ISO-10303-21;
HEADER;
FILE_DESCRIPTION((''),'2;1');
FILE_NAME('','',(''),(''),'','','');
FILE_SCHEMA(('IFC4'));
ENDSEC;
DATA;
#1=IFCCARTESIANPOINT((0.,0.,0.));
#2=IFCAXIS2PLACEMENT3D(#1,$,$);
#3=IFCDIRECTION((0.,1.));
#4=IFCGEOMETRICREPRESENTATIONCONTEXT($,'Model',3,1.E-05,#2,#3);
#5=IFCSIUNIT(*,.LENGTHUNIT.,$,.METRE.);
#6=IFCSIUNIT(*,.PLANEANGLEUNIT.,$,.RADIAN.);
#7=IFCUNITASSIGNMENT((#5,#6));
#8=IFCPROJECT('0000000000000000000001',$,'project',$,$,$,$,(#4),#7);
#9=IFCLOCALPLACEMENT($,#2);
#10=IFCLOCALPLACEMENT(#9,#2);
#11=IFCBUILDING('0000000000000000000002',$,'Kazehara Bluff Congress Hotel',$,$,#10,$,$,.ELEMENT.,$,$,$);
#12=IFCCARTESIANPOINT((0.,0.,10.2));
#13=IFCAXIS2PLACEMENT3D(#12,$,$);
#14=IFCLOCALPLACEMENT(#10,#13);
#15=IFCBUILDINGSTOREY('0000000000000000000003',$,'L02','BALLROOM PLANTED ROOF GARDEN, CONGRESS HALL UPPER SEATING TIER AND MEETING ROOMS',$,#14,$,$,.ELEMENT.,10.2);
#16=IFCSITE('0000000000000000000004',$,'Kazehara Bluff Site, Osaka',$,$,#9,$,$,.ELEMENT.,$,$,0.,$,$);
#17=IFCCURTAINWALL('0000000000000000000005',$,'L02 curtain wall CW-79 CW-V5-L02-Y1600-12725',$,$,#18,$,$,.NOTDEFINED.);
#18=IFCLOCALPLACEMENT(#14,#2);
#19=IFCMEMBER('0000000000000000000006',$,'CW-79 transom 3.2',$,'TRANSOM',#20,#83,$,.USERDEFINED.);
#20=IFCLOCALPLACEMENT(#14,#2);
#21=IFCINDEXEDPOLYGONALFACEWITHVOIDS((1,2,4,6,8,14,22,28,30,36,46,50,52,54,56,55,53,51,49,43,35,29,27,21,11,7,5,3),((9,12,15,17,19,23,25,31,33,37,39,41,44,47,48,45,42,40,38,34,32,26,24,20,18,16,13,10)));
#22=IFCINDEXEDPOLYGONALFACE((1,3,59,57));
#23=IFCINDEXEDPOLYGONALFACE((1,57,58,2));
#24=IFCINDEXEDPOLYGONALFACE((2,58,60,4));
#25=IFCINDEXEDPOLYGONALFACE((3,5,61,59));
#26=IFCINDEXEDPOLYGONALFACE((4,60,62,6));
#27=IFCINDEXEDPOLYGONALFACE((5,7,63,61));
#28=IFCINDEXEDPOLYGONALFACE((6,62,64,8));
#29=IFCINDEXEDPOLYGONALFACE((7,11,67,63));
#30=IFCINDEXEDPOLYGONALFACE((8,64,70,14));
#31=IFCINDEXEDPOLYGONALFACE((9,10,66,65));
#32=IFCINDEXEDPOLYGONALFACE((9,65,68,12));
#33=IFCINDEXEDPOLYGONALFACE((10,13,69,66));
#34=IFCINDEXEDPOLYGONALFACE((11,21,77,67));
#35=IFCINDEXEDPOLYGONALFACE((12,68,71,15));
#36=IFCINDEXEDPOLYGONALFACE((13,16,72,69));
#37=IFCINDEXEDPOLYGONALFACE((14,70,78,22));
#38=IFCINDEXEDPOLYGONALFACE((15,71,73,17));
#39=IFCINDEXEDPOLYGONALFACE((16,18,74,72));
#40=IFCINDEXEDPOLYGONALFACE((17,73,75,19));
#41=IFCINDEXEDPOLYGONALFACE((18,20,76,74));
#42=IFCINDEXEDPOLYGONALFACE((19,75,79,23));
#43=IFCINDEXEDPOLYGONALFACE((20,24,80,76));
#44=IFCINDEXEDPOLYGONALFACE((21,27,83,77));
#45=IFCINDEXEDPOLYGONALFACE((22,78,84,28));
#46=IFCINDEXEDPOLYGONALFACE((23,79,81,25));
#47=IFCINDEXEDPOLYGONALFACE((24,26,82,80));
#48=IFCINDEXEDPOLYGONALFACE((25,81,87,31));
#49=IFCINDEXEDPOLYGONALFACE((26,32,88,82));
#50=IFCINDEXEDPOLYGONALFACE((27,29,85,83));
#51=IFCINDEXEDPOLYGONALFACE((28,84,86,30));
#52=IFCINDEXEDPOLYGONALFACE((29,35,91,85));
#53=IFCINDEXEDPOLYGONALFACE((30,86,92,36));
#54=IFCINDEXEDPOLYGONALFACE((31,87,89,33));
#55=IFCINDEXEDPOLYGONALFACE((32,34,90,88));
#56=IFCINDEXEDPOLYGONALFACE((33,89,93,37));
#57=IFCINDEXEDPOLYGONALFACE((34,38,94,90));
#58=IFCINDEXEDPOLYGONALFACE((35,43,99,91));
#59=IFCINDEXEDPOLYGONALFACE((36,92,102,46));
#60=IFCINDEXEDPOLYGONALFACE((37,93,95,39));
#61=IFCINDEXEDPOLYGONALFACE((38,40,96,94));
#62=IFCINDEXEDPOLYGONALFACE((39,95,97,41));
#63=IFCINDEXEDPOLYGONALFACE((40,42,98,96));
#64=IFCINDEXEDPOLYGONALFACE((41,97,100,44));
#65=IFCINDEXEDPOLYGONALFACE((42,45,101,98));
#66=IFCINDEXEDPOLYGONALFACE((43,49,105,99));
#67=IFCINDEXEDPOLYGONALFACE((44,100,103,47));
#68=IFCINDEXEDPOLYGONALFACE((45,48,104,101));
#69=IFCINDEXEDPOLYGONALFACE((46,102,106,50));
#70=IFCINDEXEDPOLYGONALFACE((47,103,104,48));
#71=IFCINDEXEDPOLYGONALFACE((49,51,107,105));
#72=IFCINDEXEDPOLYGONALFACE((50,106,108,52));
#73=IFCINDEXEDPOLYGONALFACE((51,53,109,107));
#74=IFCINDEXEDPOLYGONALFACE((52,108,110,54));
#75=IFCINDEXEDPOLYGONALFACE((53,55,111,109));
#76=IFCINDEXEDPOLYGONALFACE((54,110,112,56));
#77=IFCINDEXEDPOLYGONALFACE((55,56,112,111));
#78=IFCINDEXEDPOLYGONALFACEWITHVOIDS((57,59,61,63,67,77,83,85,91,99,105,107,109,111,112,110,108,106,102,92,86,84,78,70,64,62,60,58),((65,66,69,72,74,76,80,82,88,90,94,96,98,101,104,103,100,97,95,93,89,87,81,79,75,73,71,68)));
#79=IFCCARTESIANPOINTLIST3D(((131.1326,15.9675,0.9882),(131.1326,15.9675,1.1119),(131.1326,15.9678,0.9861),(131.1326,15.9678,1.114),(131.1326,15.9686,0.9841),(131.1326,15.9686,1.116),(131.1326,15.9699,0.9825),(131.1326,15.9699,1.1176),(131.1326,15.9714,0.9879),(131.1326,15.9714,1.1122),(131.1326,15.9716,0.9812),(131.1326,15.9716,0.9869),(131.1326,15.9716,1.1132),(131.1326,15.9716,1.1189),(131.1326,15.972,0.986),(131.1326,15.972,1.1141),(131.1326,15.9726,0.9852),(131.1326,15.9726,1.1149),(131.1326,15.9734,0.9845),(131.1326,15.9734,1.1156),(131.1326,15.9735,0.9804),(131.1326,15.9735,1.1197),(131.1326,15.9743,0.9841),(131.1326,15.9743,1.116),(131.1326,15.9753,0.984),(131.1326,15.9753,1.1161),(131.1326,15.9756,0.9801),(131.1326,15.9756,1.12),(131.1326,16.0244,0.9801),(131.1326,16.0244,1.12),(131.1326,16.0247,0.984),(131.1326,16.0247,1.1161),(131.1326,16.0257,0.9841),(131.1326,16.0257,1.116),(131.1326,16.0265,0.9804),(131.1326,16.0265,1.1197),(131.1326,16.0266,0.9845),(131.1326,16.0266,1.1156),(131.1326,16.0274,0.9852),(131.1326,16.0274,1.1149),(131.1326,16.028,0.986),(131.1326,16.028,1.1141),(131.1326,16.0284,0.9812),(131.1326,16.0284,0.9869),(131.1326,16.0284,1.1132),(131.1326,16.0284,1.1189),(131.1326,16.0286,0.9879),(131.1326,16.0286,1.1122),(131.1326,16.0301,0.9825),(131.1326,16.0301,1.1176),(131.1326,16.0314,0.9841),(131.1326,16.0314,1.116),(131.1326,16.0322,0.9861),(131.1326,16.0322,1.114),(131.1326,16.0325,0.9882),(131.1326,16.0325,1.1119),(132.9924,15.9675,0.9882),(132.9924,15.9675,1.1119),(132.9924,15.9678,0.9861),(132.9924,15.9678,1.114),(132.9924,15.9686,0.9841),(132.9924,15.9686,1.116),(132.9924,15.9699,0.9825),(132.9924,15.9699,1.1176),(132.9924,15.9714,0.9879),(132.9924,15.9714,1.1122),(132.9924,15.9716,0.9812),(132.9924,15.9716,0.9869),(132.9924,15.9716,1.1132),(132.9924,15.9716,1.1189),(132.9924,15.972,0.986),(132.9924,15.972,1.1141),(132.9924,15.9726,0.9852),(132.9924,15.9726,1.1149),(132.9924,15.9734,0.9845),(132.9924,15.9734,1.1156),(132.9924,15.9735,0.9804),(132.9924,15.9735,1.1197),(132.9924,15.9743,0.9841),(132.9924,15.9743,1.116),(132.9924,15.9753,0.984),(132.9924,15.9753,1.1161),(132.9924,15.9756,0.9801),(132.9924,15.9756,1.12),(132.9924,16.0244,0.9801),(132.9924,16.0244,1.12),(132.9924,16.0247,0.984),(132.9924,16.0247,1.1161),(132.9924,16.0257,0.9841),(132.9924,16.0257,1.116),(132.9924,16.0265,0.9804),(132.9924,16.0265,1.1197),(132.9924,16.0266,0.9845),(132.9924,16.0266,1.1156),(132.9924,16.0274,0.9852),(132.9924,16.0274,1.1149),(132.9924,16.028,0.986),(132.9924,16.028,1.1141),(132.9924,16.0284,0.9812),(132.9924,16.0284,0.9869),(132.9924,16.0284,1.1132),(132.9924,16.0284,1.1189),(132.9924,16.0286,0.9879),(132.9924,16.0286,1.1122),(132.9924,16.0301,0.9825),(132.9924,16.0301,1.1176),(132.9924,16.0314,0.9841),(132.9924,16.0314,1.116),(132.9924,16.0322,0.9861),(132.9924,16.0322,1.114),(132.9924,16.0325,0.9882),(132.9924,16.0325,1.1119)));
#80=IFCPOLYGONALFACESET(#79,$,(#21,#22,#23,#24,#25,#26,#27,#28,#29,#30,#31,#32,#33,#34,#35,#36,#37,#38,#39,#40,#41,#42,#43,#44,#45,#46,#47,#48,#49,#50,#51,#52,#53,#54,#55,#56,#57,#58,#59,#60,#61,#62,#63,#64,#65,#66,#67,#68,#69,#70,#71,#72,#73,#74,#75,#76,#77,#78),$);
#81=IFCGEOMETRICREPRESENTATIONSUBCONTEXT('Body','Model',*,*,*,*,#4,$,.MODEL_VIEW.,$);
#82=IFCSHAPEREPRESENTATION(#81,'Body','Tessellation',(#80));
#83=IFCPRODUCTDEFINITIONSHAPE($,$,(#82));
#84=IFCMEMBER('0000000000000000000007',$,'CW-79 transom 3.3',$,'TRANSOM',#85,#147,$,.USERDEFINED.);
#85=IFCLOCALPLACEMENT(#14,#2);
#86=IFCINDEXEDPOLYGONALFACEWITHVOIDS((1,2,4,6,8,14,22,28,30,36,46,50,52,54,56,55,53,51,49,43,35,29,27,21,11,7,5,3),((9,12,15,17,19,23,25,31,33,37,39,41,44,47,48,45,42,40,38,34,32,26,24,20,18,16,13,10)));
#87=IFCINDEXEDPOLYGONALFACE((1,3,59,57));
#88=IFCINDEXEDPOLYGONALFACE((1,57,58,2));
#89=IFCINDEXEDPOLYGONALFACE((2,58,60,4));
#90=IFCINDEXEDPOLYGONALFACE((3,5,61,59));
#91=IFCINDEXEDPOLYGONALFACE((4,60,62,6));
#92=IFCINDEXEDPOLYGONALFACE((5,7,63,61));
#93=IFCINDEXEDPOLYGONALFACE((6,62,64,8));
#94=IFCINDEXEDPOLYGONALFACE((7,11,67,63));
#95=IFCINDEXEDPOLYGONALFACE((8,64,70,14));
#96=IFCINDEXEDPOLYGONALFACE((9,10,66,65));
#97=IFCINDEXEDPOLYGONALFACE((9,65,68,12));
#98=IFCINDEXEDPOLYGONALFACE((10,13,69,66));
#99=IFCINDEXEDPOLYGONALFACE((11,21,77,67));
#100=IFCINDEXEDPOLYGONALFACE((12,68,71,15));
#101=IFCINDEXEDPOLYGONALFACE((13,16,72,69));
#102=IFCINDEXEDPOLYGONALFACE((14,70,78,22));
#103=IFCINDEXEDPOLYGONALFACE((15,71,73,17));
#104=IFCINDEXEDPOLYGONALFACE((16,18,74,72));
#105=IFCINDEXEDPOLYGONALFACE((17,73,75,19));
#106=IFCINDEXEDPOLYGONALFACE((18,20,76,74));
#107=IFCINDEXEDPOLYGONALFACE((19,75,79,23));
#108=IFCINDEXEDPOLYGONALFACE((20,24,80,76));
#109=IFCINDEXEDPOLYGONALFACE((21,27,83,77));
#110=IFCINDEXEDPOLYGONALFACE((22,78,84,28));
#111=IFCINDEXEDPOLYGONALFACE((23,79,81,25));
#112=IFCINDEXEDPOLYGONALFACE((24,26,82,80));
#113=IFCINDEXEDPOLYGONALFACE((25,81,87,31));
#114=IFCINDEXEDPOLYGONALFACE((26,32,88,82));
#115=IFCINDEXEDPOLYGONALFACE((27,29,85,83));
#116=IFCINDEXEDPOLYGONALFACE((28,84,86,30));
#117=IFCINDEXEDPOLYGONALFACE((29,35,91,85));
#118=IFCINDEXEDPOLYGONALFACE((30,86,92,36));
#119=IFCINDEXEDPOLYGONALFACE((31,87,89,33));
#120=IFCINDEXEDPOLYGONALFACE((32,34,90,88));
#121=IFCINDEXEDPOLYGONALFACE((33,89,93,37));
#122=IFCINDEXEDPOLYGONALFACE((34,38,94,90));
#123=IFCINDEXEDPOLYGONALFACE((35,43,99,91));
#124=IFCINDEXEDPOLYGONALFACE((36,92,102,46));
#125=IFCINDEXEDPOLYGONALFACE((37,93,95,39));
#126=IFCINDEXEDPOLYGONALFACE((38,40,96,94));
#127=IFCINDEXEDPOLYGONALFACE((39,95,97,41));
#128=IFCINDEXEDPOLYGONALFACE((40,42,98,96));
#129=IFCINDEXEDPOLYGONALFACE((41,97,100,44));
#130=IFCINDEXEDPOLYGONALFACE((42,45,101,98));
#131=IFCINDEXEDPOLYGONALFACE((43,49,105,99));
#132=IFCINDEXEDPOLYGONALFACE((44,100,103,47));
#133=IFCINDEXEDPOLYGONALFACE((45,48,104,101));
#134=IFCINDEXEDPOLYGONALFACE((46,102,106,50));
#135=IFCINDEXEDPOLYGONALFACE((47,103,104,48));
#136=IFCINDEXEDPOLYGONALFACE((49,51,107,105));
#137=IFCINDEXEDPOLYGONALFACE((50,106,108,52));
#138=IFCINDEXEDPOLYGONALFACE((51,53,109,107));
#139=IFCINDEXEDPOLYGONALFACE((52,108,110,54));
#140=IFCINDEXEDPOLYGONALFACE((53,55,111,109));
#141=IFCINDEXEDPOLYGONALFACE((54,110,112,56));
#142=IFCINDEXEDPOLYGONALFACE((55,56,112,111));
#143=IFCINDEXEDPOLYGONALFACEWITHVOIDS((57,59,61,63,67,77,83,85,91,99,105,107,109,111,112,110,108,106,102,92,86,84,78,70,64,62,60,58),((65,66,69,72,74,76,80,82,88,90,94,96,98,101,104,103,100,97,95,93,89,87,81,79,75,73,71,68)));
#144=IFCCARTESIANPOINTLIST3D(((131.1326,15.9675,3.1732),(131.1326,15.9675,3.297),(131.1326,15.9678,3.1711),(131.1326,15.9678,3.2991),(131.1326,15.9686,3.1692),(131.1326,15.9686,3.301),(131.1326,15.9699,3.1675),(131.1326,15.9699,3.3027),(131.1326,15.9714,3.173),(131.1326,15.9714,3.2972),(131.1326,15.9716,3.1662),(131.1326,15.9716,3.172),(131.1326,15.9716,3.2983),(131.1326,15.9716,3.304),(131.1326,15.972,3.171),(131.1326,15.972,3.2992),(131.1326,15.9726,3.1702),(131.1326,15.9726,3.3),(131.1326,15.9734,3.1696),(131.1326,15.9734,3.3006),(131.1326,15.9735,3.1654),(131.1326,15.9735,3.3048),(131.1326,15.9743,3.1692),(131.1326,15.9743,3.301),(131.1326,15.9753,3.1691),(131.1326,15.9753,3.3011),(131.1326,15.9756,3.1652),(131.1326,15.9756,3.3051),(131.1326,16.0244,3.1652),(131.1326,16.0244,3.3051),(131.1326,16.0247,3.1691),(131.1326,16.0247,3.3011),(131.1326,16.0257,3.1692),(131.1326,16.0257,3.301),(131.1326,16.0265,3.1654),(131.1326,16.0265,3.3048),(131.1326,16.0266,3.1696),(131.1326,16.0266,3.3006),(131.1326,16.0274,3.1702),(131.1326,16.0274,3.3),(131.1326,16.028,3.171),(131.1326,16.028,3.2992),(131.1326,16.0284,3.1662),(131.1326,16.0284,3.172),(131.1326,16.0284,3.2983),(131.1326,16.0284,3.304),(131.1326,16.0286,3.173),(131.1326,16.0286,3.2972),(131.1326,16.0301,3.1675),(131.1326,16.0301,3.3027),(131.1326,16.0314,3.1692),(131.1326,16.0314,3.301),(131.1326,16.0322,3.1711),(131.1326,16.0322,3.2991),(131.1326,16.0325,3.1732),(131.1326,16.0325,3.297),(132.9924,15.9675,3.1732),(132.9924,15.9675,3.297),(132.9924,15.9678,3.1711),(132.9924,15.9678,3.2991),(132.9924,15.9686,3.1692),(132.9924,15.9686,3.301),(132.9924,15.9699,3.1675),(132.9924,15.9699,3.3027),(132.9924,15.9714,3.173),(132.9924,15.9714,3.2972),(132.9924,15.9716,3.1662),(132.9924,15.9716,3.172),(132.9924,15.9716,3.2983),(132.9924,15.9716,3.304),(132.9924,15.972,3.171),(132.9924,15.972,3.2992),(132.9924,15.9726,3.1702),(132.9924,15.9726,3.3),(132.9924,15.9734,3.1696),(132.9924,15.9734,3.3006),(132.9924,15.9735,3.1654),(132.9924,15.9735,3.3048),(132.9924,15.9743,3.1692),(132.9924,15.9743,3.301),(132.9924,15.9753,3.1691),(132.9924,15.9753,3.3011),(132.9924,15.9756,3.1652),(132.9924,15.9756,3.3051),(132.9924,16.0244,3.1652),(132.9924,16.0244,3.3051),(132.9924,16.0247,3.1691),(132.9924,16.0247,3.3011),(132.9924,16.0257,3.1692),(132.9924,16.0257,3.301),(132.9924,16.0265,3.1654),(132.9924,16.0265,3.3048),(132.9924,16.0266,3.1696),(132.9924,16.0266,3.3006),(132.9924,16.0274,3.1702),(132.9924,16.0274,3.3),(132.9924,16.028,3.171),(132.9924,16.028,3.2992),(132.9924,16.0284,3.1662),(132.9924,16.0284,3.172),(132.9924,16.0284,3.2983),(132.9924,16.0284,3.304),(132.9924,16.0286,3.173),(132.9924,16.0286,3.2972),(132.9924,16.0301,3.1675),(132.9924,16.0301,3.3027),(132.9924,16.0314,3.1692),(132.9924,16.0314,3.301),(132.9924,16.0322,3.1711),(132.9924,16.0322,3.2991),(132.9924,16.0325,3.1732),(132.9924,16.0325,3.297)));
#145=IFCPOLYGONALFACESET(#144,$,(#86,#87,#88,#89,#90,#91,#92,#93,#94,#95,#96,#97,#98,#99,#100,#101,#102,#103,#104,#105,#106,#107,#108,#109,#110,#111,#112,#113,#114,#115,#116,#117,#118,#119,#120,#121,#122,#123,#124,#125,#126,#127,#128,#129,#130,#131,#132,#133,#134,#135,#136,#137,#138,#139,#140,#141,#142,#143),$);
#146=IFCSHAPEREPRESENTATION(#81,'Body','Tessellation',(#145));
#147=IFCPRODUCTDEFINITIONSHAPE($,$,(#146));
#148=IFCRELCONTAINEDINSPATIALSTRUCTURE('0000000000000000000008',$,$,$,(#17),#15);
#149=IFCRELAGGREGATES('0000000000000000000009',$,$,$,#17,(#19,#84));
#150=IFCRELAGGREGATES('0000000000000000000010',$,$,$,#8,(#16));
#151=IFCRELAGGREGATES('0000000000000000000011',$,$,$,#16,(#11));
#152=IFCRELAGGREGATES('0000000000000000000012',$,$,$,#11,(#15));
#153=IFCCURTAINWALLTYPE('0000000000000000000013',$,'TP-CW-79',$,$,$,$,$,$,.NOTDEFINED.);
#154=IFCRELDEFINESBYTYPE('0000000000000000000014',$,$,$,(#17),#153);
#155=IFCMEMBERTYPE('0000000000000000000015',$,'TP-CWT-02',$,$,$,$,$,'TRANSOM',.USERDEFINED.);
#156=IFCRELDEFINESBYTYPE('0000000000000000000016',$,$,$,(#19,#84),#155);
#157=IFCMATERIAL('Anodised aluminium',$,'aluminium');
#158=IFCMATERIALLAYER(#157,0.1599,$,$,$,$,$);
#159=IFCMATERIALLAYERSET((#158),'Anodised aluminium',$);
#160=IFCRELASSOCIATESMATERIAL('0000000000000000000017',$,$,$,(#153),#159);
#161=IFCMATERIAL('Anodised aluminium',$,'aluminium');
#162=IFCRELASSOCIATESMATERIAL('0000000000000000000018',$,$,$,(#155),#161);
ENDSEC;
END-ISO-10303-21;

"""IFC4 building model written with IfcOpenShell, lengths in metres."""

from ifc_helpers import new_model, si_unit, direction, frame, origin, origin_2d, place, context, subcontext, project, spatial, hollow_rectangle, extrude, material, layer, layer_set, material_profile, profile_set, type_object, element, aggregate, save


model = new_model("IFC4")

# Units and contexts
model_context = context("Model", 3, precision=1e-05, world=origin(), true_north=direction((0.0, 1.0)))
body_context = subcontext(model_context, "Body", "Model", "MODEL_VIEW")
ifc_project = project(units=[si_unit("LENGTHUNIT", "METRE"), si_unit("PLANEANGLEUNIT", "RADIAN")], contexts=[model_context])

# Site, building, storey
site_placement = place(None, origin())
site = spatial("IfcSite", under=ifc_project, at=site_placement, Name="Kazehara Bluff Site, Osaka", CompositionType="ELEMENT", RefElevation=0.0)
building_placement = place(site_placement, origin())
building = spatial("IfcBuilding", under=site, at=building_placement, Name="Kazehara Bluff Congress Hotel", CompositionType="ELEMENT")
storey_placement = place(building_placement, frame((0.0, 0.0, 10.2)))
storey = spatial("IfcBuildingStorey", under=building, at=storey_placement, Name="L02", Description="BALLROOM PLANTED ROOF GARDEN, CONGRESS HALL UPPER SEATING TIER AND MEETING ROOMS", CompositionType="ELEMENT", Elevation=10.2)

# Curtain wall
ifc_material_1 = material(Name="Anodised aluminium", Category="aluminium")
ifc_layer_1 = layer(ifc_material_1, 0.1599)
ifc_layer_set_1 = layer_set([ifc_layer_1], Name="Anodised aluminium")
curtain_wall_type_1 = type_object("IfcCurtainWallType", Name="TP-CW-79", PredefinedType="NOTDEFINED", material=ifc_layer_set_1)
curtain_wall_1_placement = place(storey_placement, origin())
curtain_wall_1 = element("IfcCurtainWall", 1, at=curtain_wall_1_placement, inside=storey, type_object=curtain_wall_type_1, Name="L02 curtain wall CW-79 CW-V5-L02-Y1600-12725", PredefinedType="NOTDEFINED")

# Members
ifc_material_2 = material(Name="Anodised aluminium", Category="aluminium")
ifc_material_profile_1 = material_profile(ifc_material_2, hollow_rectangle(XDim=0.0649, YDim=0.1399, WallThickness=0.0039, InnerFilletRadius=0.0039, OuterFilletRadius=0.0081, at=origin_2d()))
ifc_profile_set_1 = profile_set([ifc_material_profile_1], Name="Anodised aluminium")
member_type_1 = type_object("IfcMemberType", Name="TP-CWT-02", ElementType="TRANSOM", PredefinedType="USERDEFINED", material=ifc_profile_set_1)
member_1_placement = place(storey_placement, frame((131.1326, 16.0, 1.05), z_axis=(1.0, 0.0, 0.0), x_axis=(0.0, 1.0, 0.0)))
member_1 = element("IfcMember", 2, at=member_1_placement, type_object=member_type_1, Name="CW-79 transom 3.2", ObjectType="TRANSOM", PredefinedType="USERDEFINED", context=body_context, shape_type="SweptSolid", body=[
    extrude(hollow_rectangle(XDim=0.0649, YDim=0.1399, WallThickness=0.0039, InnerFilletRadius=0.0039, OuterFilletRadius=0.0081, at=origin_2d()), origin(), (0.0, 0.0, 1.0), 1.8599),
])
member_2_placement = place(storey_placement, frame((131.1326, 16.0, 3.2351), z_axis=(1.0, 0.0, 0.0), x_axis=(0.0, 1.0, 0.0)))
member_2 = element("IfcMember", 3, at=member_2_placement, type_object=member_type_1, Name="CW-79 transom 3.3", ObjectType="TRANSOM", PredefinedType="USERDEFINED", context=body_context, shape_type="SweptSolid", body=[
    extrude(hollow_rectangle(XDim=0.0649, YDim=0.1399, WallThickness=0.0039, InnerFilletRadius=0.0039, OuterFilletRadius=0.0081, at=origin_2d()), origin(), (0.0, 0.0, 1.0), 1.8599),
])

aggregate(curtain_wall_1, [member_1, member_2])

save(model, "model.ifc")
